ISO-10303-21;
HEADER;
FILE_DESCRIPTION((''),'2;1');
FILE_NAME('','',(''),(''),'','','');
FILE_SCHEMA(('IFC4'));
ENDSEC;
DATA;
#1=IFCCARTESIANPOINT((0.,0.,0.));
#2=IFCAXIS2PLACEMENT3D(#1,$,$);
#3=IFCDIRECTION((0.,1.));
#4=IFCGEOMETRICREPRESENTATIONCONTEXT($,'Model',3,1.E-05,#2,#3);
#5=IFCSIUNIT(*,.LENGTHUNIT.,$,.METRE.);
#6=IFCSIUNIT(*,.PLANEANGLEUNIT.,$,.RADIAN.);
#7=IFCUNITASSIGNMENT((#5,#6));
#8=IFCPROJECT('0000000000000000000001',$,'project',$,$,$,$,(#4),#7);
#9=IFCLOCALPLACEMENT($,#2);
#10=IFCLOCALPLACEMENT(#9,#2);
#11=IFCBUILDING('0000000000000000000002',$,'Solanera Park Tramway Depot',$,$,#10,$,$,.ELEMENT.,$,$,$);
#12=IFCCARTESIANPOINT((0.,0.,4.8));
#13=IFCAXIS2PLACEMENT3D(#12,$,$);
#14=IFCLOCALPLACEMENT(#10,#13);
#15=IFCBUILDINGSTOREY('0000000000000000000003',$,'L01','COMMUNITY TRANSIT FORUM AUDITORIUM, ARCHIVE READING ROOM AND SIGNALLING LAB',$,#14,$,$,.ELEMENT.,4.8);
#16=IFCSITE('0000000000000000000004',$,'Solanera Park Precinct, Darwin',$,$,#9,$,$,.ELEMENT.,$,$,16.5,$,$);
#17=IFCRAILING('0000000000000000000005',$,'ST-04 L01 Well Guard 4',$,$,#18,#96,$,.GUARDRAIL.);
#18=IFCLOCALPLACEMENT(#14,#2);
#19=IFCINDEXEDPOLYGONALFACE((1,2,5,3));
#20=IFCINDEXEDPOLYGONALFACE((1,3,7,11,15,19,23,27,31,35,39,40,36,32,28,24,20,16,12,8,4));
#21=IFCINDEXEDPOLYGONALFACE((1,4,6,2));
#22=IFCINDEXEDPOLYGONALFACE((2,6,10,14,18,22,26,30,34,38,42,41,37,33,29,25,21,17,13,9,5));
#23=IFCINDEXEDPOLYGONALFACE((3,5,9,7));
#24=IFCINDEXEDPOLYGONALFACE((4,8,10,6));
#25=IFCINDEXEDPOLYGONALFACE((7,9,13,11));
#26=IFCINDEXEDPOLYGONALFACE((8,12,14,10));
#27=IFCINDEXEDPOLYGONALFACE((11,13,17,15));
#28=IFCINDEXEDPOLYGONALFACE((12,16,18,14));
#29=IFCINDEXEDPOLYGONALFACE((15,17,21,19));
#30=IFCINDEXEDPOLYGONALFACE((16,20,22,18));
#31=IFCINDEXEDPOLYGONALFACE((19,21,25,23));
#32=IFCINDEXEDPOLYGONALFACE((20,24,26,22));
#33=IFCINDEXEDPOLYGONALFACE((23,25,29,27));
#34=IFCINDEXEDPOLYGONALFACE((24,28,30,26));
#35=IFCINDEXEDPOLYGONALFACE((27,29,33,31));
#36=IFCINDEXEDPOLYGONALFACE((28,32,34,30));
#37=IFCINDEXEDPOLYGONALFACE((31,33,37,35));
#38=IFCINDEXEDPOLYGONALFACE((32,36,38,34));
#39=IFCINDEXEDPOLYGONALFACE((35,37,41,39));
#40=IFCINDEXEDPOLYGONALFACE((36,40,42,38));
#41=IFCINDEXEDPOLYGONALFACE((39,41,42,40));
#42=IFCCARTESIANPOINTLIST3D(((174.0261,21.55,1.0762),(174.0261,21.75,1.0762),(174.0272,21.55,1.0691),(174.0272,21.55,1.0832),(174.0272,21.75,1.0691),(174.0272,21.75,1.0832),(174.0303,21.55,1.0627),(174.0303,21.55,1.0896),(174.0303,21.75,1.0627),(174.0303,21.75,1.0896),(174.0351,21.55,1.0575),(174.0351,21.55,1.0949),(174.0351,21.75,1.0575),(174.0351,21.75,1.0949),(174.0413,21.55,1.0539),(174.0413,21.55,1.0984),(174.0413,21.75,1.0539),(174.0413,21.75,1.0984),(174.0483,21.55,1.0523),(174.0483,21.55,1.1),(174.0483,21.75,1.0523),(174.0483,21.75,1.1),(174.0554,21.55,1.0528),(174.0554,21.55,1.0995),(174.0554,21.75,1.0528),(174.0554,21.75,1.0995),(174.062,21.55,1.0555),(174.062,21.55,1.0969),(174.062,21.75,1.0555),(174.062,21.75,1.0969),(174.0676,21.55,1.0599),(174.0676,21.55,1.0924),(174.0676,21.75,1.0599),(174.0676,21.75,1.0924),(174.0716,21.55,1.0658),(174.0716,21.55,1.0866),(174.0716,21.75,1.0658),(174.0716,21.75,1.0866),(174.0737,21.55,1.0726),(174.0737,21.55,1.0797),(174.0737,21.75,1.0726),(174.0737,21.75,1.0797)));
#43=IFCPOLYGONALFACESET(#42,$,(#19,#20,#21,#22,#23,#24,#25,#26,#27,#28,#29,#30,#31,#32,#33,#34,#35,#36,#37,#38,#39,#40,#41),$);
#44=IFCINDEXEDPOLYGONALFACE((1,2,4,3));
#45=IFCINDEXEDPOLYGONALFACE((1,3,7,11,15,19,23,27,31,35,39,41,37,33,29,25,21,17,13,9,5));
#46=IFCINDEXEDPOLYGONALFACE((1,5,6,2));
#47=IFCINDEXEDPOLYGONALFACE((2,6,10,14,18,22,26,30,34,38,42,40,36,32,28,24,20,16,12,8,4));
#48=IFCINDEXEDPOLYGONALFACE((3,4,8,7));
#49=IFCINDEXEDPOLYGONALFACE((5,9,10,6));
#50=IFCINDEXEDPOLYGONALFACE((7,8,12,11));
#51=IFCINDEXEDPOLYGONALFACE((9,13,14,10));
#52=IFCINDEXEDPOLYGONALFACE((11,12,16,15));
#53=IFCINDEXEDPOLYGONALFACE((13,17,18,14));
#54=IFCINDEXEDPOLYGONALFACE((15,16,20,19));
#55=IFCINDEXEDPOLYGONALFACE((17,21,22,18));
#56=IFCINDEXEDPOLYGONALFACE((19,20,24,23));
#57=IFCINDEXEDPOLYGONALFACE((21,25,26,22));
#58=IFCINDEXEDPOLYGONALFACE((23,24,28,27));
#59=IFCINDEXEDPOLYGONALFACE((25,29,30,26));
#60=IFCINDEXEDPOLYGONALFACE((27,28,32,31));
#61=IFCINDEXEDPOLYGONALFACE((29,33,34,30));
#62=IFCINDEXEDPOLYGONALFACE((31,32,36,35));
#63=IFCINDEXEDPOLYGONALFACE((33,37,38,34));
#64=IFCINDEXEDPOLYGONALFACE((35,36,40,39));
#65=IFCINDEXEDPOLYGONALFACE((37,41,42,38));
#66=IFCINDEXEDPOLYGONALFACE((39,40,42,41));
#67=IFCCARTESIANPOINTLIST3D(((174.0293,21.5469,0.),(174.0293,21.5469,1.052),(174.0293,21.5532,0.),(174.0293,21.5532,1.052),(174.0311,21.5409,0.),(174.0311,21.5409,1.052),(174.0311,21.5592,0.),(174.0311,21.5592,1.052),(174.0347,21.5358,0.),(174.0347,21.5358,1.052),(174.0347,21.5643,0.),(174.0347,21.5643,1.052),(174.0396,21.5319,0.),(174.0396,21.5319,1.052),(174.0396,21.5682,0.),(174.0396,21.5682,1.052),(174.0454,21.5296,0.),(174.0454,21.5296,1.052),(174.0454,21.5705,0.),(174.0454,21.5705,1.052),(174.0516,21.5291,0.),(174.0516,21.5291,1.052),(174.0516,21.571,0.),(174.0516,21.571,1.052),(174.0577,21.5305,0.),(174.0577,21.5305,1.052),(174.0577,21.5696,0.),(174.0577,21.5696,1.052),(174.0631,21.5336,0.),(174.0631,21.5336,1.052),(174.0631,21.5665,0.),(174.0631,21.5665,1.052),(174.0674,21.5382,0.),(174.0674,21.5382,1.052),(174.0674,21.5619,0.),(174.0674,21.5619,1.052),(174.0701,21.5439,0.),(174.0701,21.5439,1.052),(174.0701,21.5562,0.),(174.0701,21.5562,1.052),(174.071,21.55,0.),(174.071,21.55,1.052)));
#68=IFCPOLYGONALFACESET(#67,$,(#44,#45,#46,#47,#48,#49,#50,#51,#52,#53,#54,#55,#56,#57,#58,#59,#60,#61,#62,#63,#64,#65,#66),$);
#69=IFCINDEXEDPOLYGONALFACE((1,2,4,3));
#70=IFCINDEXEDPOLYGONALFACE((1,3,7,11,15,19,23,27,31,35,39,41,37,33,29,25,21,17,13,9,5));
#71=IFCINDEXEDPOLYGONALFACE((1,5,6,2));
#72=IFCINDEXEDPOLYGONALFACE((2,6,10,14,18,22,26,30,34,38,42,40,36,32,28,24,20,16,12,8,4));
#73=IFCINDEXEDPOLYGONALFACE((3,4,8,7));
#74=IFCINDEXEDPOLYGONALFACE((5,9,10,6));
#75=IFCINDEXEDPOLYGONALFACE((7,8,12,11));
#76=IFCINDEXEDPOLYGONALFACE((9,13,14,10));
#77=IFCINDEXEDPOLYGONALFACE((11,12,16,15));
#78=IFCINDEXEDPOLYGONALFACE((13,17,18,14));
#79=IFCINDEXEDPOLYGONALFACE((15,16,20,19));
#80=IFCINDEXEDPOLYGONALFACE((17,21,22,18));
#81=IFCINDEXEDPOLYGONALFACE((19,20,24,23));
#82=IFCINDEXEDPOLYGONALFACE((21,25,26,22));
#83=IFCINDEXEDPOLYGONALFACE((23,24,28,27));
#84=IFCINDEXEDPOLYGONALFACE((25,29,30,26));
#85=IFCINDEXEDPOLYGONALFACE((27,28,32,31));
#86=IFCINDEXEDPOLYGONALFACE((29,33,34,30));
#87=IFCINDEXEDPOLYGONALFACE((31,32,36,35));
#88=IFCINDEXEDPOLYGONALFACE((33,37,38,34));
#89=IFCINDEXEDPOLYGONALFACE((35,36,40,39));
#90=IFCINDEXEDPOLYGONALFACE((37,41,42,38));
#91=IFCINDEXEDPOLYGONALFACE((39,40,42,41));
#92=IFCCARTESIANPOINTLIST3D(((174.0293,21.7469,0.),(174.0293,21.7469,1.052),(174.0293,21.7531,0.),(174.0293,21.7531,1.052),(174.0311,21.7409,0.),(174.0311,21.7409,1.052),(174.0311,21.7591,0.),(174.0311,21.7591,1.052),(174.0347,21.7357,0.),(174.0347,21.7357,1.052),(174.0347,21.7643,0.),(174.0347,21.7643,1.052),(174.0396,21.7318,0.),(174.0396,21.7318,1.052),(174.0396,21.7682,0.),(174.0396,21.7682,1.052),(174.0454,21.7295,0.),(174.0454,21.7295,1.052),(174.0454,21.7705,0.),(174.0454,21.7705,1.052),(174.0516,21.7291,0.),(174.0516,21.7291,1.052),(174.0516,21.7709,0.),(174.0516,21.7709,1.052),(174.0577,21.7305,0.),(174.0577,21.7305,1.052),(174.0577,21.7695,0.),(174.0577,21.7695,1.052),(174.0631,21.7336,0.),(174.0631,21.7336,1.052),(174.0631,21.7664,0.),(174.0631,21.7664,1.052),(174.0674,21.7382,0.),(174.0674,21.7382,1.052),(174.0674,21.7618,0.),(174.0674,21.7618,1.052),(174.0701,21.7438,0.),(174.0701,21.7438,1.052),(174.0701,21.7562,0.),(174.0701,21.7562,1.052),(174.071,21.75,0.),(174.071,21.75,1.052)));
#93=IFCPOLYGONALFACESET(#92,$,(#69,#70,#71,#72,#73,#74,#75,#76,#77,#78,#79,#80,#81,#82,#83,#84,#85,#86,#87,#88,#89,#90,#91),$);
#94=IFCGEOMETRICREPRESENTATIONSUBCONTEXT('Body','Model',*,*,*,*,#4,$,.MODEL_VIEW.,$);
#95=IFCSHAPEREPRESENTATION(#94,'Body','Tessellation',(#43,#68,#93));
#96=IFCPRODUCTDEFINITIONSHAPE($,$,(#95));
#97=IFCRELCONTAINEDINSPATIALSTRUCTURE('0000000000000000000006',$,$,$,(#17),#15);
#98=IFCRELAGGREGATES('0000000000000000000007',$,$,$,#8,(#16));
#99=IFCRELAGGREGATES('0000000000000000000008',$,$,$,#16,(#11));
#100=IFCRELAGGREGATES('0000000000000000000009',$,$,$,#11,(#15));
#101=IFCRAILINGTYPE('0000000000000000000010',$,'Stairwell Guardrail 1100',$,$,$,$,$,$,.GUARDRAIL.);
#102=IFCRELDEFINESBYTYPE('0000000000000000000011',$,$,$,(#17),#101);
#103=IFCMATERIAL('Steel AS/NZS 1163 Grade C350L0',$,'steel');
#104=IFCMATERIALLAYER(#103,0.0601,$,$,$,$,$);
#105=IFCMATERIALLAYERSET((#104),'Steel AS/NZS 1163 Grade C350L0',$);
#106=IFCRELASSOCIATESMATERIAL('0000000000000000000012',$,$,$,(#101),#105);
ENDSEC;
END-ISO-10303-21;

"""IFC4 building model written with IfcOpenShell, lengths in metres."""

from ifc_helpers import new_model, si_unit, direction, frame, origin, origin_2d, place, context, subcontext, project, spatial, circle, extrude, material, layer, layer_set, type_object, element, save


model = new_model("IFC4")

# Units and contexts
model_context = context("Model", 3, precision=1e-05, world=origin(), true_north=direction((0.0, 1.0)))
body_context = subcontext(model_context, "Body", "Model", "MODEL_VIEW")
ifc_project = project(units=[si_unit("LENGTHUNIT", "METRE"), si_unit("PLANEANGLEUNIT", "RADIAN")], contexts=[model_context])

# Site, building, storey
site_placement = place(None, origin())
site = spatial("IfcSite", under=ifc_project, at=site_placement, Name="Solanera Park Precinct, Darwin", CompositionType="ELEMENT", RefElevation=16.5)
building_placement = place(site_placement, origin())
building = spatial("IfcBuilding", under=site, at=building_placement, Name="Solanera Park Tramway Depot", CompositionType="ELEMENT")
storey_placement = place(building_placement, frame((0.0, 0.0, 4.8)))
storey = spatial("IfcBuildingStorey", under=building, at=storey_placement, Name="L01", Description="COMMUNITY TRANSIT FORUM AUDITORIUM, ARCHIVE READING ROOM AND SIGNALLING LAB", CompositionType="ELEMENT", Elevation=4.8)

# Railing
ifc_material_1 = material(Name="Steel AS/NZS 1163 Grade C350L0", Category="steel")
ifc_layer_1 = layer(ifc_material_1, 0.0601)
ifc_layer_set_1 = layer_set([ifc_layer_1], Name="Steel AS/NZS 1163 Grade C350L0")
railing_type_1 = type_object("IfcRailingType", Name="Stairwell Guardrail 1100", PredefinedType="GUARDRAIL", material=ifc_layer_set_1)
railing_1_placement = place(storey_placement, frame((174.05, 21.55, 0.0)))
element("IfcRailing", 1, at=railing_1_placement, inside=storey, type_object=railing_type_1, Name="ST-04 L01 Well Guard 4", PredefinedType="GUARDRAIL", context=body_context, shape_type="SweptSolid", body=[
    extrude(circle(Radius=0.0239, at=origin_2d()), frame((0.0, 0.0, 1.0762), z_axis=(0.0, 1.0, 0.0), x_axis=(-1.0, 0.0, 0.0)), (0.0, 0.0, 1.0), 0.2),
    extrude(circle(Radius=0.021, at=origin_2d()), origin(), (0.0, 0.0, 1.0), 1.052),
    extrude(circle(Radius=0.021, at=origin_2d()), frame((0.0, 0.2, 0.0)), (0.0, 0.0, 1.0), 1.052),
])

save(model, "model.ifc")
